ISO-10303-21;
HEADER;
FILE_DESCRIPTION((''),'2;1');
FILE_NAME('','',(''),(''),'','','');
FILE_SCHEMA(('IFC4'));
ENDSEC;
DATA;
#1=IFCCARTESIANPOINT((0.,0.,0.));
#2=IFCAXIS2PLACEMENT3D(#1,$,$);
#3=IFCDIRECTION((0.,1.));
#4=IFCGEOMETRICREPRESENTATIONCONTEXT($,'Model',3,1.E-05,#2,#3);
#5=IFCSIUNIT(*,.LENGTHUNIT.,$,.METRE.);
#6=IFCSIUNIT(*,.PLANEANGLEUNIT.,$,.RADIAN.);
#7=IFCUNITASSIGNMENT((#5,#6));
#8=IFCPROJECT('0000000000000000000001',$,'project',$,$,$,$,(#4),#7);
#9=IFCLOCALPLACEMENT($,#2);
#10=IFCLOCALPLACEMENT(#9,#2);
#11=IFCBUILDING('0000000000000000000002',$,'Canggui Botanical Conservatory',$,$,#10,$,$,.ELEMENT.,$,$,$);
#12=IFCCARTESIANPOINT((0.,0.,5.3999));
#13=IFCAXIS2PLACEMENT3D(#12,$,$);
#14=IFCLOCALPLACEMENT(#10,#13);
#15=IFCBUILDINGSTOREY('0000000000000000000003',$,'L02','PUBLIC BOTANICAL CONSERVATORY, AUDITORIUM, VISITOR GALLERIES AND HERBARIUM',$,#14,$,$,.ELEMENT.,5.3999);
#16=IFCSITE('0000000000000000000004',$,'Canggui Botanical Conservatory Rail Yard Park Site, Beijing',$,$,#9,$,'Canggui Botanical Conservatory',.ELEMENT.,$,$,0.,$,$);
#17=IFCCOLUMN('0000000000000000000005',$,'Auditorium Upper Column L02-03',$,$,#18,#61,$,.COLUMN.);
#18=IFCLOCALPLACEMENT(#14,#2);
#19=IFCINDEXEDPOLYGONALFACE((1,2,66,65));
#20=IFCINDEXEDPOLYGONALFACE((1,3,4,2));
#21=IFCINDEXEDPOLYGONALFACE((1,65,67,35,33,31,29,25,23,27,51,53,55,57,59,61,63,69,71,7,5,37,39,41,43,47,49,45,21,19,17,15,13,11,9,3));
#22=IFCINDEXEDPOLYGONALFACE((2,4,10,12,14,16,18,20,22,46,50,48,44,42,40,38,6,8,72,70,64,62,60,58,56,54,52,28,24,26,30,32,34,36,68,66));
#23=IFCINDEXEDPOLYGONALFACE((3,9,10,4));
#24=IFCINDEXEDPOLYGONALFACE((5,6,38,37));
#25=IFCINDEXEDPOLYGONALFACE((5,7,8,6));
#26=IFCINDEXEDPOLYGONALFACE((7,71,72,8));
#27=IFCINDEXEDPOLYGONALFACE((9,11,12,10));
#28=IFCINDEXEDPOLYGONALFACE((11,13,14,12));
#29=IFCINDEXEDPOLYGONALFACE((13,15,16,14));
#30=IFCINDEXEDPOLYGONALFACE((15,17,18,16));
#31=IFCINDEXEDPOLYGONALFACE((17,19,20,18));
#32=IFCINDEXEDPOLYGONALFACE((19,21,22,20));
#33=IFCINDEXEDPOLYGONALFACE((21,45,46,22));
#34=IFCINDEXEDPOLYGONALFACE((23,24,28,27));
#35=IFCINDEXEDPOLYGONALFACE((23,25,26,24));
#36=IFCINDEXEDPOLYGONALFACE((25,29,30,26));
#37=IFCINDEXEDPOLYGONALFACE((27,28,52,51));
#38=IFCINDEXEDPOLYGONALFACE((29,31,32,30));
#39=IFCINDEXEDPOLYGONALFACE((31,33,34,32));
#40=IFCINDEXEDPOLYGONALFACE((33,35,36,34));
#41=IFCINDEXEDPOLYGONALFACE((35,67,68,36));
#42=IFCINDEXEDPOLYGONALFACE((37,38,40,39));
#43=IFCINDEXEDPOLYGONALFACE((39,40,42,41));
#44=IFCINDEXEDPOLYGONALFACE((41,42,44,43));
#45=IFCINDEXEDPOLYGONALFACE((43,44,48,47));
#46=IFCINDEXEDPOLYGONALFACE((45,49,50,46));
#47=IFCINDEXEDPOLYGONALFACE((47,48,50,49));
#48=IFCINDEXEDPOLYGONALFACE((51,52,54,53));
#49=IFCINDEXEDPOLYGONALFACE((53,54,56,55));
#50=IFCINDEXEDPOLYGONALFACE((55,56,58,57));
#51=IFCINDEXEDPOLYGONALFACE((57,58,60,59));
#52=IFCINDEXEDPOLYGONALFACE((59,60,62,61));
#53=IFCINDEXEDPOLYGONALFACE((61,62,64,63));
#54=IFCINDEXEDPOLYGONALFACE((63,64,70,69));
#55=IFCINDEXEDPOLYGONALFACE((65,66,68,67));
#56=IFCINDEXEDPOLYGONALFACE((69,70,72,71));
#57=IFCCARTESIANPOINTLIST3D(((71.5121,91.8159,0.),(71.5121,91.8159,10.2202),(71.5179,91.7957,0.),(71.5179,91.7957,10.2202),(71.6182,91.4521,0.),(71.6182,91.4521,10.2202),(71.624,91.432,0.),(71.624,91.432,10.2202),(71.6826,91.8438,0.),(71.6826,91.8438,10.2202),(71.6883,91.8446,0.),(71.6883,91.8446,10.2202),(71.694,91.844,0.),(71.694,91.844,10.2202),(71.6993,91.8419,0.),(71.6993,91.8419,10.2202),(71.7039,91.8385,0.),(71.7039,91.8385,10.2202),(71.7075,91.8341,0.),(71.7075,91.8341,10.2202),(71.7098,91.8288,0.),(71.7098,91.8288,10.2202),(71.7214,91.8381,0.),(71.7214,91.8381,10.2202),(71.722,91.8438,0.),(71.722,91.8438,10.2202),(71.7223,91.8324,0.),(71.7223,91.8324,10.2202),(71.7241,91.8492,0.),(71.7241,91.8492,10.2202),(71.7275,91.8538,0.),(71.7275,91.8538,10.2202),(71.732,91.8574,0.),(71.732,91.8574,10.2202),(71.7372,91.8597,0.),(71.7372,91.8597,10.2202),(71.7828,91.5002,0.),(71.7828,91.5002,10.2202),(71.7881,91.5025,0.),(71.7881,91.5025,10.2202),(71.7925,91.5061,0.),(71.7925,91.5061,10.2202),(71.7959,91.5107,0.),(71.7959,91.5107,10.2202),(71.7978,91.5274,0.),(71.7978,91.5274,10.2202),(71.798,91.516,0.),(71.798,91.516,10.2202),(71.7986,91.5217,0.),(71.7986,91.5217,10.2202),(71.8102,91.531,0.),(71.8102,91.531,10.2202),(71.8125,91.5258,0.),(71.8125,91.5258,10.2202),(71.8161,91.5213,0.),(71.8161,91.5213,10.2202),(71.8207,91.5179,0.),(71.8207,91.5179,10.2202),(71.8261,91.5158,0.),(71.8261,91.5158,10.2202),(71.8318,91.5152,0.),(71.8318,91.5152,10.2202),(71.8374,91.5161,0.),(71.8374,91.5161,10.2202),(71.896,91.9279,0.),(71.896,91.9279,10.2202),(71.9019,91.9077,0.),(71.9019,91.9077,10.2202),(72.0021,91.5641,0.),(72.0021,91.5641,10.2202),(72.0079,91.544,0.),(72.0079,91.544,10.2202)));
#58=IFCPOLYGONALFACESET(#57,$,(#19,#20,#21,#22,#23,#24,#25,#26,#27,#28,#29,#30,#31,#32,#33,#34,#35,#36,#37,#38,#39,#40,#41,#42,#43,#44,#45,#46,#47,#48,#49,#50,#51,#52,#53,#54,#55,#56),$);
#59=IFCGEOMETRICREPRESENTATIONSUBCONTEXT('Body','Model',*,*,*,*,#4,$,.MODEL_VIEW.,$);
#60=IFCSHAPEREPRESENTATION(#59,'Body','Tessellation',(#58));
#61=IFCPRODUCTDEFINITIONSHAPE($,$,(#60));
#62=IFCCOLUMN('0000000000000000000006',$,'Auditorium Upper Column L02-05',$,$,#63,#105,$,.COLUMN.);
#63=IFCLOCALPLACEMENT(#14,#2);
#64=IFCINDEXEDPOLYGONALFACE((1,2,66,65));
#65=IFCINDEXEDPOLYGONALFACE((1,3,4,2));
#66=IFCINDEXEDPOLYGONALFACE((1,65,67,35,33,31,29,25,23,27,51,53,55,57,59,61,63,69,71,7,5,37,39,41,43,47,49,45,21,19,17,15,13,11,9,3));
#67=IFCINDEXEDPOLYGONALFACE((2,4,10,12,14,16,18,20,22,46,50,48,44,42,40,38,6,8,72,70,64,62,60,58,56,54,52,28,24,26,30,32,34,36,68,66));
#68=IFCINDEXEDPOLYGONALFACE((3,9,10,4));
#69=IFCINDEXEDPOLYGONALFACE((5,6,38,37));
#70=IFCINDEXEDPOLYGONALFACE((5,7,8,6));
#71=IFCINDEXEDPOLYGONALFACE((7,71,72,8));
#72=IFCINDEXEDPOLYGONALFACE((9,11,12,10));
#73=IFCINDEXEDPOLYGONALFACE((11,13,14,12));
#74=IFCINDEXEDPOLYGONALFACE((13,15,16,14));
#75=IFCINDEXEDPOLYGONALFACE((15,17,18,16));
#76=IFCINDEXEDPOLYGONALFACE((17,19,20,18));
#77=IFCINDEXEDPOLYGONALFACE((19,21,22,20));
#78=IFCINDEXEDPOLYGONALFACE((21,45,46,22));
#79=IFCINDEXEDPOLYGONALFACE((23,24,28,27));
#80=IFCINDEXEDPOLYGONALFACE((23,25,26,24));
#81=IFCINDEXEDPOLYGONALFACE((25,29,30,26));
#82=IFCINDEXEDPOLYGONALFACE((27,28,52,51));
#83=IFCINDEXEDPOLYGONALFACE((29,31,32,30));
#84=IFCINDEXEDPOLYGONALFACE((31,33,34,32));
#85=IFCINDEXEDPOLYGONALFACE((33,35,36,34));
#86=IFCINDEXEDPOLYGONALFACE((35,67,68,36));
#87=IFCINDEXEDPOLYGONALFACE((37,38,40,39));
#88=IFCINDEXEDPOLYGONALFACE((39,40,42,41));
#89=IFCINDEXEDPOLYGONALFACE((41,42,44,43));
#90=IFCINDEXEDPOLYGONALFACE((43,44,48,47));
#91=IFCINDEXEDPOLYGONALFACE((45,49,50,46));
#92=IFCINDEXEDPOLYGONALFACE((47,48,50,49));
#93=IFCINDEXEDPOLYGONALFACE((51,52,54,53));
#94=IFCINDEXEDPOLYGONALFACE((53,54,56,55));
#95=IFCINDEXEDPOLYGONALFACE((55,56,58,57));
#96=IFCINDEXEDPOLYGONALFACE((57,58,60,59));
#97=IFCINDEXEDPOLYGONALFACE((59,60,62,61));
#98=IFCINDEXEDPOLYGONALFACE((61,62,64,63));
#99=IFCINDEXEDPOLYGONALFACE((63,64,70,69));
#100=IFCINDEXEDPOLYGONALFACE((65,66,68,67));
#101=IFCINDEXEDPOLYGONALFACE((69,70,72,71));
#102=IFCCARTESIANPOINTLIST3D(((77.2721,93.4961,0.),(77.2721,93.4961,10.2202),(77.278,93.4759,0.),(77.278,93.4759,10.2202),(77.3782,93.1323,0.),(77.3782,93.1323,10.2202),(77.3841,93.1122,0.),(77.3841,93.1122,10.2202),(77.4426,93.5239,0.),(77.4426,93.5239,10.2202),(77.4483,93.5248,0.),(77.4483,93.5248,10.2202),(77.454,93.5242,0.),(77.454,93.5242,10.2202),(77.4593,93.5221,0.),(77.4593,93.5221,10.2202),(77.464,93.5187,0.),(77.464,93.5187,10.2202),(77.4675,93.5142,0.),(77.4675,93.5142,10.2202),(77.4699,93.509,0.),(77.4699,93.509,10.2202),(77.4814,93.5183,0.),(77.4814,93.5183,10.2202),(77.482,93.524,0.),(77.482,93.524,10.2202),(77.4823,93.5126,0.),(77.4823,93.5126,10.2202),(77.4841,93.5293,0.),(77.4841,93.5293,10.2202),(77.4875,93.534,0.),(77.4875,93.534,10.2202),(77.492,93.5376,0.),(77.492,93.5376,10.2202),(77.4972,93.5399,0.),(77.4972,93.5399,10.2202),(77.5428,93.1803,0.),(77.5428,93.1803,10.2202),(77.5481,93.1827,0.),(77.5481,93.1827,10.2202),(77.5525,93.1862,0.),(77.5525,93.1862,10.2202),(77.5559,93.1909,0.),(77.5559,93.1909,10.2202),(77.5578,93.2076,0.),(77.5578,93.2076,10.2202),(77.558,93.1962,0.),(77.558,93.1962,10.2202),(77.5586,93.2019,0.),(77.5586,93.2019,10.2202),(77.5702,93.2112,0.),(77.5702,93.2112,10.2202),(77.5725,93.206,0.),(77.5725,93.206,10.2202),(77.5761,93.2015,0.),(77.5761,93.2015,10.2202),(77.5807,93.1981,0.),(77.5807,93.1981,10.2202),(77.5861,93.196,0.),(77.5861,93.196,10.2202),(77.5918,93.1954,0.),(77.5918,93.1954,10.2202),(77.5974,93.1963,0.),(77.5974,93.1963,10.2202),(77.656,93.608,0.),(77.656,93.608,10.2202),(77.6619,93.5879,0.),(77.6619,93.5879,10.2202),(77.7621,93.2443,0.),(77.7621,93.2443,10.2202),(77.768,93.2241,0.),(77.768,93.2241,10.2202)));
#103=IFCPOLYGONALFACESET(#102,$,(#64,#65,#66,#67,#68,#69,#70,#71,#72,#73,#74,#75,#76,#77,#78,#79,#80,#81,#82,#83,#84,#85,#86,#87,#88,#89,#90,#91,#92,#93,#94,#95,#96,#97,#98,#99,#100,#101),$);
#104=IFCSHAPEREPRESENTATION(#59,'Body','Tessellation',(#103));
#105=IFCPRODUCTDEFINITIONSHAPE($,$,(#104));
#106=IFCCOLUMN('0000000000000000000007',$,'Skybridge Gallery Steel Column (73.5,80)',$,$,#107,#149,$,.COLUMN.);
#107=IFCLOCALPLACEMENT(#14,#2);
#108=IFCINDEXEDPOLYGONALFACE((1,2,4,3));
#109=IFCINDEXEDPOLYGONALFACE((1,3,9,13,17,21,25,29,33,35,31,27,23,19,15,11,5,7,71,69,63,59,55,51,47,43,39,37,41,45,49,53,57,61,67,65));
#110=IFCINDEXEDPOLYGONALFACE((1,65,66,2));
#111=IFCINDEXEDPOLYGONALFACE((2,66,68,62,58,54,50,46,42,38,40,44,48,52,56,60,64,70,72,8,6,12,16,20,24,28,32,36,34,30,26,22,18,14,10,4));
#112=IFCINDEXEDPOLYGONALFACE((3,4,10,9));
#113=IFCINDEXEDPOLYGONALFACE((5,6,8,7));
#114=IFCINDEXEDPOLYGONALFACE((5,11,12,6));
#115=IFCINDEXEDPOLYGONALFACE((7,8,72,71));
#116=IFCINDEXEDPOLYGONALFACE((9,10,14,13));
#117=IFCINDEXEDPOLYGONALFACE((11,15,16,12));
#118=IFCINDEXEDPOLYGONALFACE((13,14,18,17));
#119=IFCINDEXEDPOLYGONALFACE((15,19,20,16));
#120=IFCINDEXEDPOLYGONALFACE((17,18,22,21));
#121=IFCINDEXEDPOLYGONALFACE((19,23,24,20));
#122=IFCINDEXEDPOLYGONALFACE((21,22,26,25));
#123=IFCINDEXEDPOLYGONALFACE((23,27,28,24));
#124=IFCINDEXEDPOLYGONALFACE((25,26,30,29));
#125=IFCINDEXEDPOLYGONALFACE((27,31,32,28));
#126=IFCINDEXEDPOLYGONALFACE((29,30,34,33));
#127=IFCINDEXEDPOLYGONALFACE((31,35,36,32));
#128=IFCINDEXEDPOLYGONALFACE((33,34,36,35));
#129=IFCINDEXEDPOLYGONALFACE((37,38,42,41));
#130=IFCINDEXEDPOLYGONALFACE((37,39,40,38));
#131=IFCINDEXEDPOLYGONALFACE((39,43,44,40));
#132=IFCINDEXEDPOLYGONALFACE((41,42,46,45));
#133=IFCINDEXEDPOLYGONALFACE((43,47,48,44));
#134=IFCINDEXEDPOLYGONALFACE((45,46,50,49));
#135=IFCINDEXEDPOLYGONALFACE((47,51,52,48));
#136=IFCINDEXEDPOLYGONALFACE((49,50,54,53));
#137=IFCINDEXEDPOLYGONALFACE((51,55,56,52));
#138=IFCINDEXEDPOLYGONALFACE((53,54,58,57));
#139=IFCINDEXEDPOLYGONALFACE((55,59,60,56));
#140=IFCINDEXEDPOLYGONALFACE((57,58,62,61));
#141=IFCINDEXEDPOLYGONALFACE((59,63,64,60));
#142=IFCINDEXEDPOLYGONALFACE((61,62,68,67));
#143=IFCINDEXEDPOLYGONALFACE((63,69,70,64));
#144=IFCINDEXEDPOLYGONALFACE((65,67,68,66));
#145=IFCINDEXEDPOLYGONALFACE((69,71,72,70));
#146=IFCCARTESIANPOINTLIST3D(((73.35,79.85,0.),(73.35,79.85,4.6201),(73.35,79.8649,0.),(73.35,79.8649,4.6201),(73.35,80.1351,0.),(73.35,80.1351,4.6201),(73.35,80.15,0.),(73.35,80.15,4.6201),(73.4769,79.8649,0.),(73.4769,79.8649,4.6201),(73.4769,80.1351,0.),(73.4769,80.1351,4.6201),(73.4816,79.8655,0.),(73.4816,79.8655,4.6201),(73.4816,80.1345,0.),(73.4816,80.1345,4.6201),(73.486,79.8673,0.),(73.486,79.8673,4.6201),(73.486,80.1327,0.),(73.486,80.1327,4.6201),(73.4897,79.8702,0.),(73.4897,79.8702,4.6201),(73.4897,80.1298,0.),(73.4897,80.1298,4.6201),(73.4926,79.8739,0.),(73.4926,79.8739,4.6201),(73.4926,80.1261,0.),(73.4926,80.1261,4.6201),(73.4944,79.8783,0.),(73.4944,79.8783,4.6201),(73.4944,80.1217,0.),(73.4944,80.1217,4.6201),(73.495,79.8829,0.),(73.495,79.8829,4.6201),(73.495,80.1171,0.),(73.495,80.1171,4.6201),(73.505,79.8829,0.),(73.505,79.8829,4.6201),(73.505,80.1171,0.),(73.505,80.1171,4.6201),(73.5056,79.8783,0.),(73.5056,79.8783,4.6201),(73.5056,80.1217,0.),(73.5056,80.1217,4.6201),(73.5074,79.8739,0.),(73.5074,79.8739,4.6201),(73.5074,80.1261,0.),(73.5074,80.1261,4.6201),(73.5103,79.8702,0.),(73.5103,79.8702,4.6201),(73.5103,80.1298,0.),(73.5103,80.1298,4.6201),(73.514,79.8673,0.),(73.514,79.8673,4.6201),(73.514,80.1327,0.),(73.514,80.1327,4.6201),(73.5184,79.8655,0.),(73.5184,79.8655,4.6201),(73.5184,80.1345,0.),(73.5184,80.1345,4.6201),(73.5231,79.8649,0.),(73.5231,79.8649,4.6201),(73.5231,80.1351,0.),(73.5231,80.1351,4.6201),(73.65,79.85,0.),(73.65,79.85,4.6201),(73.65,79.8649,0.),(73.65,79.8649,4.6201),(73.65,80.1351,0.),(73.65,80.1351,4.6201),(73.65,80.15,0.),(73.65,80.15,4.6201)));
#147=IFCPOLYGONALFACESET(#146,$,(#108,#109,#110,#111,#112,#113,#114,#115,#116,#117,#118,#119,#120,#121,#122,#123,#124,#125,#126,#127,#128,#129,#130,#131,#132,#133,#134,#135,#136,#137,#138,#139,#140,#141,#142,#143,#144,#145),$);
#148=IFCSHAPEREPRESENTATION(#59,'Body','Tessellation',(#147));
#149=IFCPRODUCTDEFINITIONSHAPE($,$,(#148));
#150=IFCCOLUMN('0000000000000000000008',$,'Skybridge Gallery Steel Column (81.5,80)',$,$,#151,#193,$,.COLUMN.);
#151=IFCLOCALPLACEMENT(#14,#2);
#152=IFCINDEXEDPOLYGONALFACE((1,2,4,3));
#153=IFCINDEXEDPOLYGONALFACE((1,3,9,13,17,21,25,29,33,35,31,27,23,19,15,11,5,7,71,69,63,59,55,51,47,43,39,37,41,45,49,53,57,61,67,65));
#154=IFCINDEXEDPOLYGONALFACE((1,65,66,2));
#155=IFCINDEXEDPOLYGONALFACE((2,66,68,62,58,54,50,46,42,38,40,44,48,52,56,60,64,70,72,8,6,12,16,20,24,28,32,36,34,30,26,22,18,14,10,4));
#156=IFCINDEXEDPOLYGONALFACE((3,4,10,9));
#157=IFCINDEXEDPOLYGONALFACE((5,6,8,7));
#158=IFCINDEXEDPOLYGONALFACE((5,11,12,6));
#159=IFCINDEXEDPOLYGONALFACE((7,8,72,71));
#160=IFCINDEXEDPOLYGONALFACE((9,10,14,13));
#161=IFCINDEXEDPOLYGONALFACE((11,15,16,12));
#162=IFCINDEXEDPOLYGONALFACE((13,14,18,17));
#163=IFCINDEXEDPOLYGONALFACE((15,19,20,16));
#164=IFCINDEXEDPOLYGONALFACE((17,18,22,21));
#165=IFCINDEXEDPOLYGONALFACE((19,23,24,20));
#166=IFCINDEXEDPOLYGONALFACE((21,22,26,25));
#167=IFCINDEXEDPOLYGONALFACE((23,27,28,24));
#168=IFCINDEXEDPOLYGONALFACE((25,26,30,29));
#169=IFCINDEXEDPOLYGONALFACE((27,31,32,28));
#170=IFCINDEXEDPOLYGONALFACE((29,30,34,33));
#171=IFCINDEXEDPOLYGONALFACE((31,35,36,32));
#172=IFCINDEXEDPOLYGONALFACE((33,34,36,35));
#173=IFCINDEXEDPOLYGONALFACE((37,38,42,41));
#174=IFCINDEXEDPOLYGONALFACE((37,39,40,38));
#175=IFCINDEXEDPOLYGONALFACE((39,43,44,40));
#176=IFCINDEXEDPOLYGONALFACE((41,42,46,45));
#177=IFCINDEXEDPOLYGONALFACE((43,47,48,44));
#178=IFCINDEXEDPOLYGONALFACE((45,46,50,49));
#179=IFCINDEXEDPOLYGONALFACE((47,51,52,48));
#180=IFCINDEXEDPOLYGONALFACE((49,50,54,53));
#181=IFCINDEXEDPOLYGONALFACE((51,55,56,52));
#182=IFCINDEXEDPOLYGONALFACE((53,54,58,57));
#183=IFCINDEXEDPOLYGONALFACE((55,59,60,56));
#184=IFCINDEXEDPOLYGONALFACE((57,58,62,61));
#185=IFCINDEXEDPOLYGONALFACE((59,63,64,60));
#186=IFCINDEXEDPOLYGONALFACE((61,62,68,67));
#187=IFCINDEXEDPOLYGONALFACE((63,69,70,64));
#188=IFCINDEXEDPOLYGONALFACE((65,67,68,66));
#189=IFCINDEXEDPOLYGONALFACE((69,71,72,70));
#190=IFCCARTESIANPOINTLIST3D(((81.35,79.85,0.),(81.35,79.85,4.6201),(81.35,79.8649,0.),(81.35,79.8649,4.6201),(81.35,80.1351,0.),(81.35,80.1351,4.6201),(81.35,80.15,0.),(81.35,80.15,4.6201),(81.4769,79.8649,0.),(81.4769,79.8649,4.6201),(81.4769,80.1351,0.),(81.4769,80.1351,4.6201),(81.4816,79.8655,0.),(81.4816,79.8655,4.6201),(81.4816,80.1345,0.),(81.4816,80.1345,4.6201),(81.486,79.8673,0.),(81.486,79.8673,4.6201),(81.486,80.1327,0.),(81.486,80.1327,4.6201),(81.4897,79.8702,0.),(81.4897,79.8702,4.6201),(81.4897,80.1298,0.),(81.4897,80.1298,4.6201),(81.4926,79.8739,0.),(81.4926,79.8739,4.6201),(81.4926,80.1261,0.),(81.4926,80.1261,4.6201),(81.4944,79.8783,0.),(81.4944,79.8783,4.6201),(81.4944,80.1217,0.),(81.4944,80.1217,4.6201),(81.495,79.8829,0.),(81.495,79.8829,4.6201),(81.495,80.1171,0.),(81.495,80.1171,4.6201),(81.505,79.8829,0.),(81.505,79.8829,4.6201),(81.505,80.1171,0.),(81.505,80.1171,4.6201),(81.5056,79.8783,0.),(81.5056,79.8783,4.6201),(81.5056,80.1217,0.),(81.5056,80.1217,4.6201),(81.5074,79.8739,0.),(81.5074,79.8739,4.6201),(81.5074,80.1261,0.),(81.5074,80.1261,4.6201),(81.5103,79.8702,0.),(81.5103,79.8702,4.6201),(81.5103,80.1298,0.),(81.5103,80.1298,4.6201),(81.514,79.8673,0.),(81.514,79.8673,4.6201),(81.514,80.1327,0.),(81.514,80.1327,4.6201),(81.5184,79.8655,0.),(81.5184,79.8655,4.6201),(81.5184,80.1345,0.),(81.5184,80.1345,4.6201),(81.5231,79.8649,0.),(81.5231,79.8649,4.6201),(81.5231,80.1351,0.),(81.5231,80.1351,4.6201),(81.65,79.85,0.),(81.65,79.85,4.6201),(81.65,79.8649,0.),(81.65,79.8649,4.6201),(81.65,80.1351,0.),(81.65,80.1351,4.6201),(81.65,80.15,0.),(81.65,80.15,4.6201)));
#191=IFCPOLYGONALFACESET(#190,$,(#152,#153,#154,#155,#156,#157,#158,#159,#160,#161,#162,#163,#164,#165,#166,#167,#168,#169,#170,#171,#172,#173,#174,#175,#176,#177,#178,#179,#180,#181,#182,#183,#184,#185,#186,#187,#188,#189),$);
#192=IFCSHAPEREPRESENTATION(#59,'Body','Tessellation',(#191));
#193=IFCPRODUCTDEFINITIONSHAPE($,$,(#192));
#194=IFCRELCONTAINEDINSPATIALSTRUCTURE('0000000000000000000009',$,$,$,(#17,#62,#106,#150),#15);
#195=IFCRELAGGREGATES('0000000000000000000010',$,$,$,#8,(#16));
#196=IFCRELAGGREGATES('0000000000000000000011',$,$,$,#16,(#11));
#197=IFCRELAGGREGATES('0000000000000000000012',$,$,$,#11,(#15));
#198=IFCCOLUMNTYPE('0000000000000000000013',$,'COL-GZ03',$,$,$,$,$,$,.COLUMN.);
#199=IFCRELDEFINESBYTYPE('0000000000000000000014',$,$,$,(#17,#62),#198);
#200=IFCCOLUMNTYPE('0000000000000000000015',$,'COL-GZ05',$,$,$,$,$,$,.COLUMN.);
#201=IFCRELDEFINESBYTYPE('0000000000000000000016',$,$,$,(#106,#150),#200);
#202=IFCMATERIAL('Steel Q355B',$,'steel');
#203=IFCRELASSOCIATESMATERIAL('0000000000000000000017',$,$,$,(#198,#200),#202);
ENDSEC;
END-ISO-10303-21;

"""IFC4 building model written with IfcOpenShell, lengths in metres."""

from ifc_helpers import new_model, si_unit, direction, frame, origin, origin_2d, place, context, subcontext, project, spatial, i_section, extrude, material, material_profile, profile_set, type_object, element, save


model = new_model("IFC4")

# Units and contexts
model_context = context("Model", 3, precision=1e-05, world=origin(), true_north=direction((0.0, 1.0)))
body_context = subcontext(model_context, "Body", "Model", "MODEL_VIEW")
ifc_project = project(units=[si_unit("LENGTHUNIT", "METRE"), si_unit("PLANEANGLEUNIT", "RADIAN")], contexts=[model_context])

# Site, building, storey
site_placement = place(None, origin())
site = spatial("IfcSite", under=ifc_project, at=site_placement, Name="Canggui Botanical Conservatory Rail Yard Park Site, Beijing", LongName="Canggui Botanical Conservatory", CompositionType="ELEMENT", RefElevation=0.0)
building_placement = place(site_placement, origin())
building = spatial("IfcBuilding", under=site, at=building_placement, Name="Canggui Botanical Conservatory", CompositionType="ELEMENT")
storey_placement = place(building_placement, frame((0.0, 0.0, 5.3999)))
storey = spatial("IfcBuildingStorey", under=building, at=storey_placement, Name="L02", Description="PUBLIC BOTANICAL CONSERVATORY, AUDITORIUM, VISITOR GALLERIES AND HERBARIUM", CompositionType="ELEMENT", Elevation=5.3999)

# Columns
ifc_material_1 = material(Name="Steel Q355B", Category="steel")
ifc_material_profile_1 = material_profile(ifc_material_1, i_section(OverallWidth=0.3999, OverallDepth=0.3999, WebThickness=0.0129, FlangeThickness=0.021, FilletRadius=0.022, at=origin_2d()), Name="HW 400x400x13x21")
ifc_profile_set_1 = profile_set([ifc_material_profile_1], Name="Steel Q355B")
column_type_1 = type_object("IfcColumnType", Name="COL-GZ03", PredefinedType="COLUMN", material=ifc_profile_set_1)
for number, where, z_axis, x_axis, name in (
    (1, (71.76, 91.6799, 0.0), (0.0, 0.0, 1.0), (0.96, 0.28, 0.0), "Auditorium Upper Column L02-03"),
    (2, (77.52, 93.3601, 0.0), (0.0, 0.0, 1.0), (0.96, 0.28, 0.0), "Auditorium Upper Column L02-05"),
):
    element("IfcColumn", number, at=place(storey_placement, frame(where, z_axis=z_axis, x_axis=x_axis)), inside=storey, type_object=column_type_1, Name=name, PredefinedType="COLUMN", context=body_context, shape_type="SweptSolid", body=[
        extrude(i_section(OverallWidth=0.3999, OverallDepth=0.3999, WebThickness=0.0129, FlangeThickness=0.021, FilletRadius=0.022, at=origin_2d()), origin(), (0.0, 0.0, 1.0), 10.2202),
    ])
ifc_material_profile_2 = material_profile(ifc_material_1, i_section(OverallWidth=0.3, OverallDepth=0.3, WebThickness=0.01, FlangeThickness=0.0149, FilletRadius=0.0181, at=origin_2d()), Name="HW 300x300x10x15")
ifc_profile_set_2 = profile_set([ifc_material_profile_2], Name="Steel Q355B")
column_type_2 = type_object("IfcColumnType", Name="COL-GZ05", PredefinedType="COLUMN", material=ifc_profile_set_2)
for number, where, z_axis, x_axis, name in (
    (3, (73.5, 80.0, 0.0), (0.0, 0.0, 1.0), (1.0, 0.0, 0.0), "Skybridge Gallery Steel Column (73.5,80)"),
    (4, (81.5, 80.0, 0.0), (0.0, 0.0, 1.0), (1.0, 0.0, 0.0), "Skybridge Gallery Steel Column (81.5,80)"),
):
    element("IfcColumn", number, at=place(storey_placement, frame(where, z_axis=z_axis, x_axis=x_axis)), inside=storey, type_object=column_type_2, Name=name, PredefinedType="COLUMN", context=body_context, shape_type="SweptSolid", body=[
        extrude(i_section(OverallWidth=0.3, OverallDepth=0.3, WebThickness=0.01, FlangeThickness=0.0149, FilletRadius=0.0181, at=origin_2d()), origin(), (0.0, 0.0, 1.0), 4.6201),
    ])

save(model, "model.ifc")
